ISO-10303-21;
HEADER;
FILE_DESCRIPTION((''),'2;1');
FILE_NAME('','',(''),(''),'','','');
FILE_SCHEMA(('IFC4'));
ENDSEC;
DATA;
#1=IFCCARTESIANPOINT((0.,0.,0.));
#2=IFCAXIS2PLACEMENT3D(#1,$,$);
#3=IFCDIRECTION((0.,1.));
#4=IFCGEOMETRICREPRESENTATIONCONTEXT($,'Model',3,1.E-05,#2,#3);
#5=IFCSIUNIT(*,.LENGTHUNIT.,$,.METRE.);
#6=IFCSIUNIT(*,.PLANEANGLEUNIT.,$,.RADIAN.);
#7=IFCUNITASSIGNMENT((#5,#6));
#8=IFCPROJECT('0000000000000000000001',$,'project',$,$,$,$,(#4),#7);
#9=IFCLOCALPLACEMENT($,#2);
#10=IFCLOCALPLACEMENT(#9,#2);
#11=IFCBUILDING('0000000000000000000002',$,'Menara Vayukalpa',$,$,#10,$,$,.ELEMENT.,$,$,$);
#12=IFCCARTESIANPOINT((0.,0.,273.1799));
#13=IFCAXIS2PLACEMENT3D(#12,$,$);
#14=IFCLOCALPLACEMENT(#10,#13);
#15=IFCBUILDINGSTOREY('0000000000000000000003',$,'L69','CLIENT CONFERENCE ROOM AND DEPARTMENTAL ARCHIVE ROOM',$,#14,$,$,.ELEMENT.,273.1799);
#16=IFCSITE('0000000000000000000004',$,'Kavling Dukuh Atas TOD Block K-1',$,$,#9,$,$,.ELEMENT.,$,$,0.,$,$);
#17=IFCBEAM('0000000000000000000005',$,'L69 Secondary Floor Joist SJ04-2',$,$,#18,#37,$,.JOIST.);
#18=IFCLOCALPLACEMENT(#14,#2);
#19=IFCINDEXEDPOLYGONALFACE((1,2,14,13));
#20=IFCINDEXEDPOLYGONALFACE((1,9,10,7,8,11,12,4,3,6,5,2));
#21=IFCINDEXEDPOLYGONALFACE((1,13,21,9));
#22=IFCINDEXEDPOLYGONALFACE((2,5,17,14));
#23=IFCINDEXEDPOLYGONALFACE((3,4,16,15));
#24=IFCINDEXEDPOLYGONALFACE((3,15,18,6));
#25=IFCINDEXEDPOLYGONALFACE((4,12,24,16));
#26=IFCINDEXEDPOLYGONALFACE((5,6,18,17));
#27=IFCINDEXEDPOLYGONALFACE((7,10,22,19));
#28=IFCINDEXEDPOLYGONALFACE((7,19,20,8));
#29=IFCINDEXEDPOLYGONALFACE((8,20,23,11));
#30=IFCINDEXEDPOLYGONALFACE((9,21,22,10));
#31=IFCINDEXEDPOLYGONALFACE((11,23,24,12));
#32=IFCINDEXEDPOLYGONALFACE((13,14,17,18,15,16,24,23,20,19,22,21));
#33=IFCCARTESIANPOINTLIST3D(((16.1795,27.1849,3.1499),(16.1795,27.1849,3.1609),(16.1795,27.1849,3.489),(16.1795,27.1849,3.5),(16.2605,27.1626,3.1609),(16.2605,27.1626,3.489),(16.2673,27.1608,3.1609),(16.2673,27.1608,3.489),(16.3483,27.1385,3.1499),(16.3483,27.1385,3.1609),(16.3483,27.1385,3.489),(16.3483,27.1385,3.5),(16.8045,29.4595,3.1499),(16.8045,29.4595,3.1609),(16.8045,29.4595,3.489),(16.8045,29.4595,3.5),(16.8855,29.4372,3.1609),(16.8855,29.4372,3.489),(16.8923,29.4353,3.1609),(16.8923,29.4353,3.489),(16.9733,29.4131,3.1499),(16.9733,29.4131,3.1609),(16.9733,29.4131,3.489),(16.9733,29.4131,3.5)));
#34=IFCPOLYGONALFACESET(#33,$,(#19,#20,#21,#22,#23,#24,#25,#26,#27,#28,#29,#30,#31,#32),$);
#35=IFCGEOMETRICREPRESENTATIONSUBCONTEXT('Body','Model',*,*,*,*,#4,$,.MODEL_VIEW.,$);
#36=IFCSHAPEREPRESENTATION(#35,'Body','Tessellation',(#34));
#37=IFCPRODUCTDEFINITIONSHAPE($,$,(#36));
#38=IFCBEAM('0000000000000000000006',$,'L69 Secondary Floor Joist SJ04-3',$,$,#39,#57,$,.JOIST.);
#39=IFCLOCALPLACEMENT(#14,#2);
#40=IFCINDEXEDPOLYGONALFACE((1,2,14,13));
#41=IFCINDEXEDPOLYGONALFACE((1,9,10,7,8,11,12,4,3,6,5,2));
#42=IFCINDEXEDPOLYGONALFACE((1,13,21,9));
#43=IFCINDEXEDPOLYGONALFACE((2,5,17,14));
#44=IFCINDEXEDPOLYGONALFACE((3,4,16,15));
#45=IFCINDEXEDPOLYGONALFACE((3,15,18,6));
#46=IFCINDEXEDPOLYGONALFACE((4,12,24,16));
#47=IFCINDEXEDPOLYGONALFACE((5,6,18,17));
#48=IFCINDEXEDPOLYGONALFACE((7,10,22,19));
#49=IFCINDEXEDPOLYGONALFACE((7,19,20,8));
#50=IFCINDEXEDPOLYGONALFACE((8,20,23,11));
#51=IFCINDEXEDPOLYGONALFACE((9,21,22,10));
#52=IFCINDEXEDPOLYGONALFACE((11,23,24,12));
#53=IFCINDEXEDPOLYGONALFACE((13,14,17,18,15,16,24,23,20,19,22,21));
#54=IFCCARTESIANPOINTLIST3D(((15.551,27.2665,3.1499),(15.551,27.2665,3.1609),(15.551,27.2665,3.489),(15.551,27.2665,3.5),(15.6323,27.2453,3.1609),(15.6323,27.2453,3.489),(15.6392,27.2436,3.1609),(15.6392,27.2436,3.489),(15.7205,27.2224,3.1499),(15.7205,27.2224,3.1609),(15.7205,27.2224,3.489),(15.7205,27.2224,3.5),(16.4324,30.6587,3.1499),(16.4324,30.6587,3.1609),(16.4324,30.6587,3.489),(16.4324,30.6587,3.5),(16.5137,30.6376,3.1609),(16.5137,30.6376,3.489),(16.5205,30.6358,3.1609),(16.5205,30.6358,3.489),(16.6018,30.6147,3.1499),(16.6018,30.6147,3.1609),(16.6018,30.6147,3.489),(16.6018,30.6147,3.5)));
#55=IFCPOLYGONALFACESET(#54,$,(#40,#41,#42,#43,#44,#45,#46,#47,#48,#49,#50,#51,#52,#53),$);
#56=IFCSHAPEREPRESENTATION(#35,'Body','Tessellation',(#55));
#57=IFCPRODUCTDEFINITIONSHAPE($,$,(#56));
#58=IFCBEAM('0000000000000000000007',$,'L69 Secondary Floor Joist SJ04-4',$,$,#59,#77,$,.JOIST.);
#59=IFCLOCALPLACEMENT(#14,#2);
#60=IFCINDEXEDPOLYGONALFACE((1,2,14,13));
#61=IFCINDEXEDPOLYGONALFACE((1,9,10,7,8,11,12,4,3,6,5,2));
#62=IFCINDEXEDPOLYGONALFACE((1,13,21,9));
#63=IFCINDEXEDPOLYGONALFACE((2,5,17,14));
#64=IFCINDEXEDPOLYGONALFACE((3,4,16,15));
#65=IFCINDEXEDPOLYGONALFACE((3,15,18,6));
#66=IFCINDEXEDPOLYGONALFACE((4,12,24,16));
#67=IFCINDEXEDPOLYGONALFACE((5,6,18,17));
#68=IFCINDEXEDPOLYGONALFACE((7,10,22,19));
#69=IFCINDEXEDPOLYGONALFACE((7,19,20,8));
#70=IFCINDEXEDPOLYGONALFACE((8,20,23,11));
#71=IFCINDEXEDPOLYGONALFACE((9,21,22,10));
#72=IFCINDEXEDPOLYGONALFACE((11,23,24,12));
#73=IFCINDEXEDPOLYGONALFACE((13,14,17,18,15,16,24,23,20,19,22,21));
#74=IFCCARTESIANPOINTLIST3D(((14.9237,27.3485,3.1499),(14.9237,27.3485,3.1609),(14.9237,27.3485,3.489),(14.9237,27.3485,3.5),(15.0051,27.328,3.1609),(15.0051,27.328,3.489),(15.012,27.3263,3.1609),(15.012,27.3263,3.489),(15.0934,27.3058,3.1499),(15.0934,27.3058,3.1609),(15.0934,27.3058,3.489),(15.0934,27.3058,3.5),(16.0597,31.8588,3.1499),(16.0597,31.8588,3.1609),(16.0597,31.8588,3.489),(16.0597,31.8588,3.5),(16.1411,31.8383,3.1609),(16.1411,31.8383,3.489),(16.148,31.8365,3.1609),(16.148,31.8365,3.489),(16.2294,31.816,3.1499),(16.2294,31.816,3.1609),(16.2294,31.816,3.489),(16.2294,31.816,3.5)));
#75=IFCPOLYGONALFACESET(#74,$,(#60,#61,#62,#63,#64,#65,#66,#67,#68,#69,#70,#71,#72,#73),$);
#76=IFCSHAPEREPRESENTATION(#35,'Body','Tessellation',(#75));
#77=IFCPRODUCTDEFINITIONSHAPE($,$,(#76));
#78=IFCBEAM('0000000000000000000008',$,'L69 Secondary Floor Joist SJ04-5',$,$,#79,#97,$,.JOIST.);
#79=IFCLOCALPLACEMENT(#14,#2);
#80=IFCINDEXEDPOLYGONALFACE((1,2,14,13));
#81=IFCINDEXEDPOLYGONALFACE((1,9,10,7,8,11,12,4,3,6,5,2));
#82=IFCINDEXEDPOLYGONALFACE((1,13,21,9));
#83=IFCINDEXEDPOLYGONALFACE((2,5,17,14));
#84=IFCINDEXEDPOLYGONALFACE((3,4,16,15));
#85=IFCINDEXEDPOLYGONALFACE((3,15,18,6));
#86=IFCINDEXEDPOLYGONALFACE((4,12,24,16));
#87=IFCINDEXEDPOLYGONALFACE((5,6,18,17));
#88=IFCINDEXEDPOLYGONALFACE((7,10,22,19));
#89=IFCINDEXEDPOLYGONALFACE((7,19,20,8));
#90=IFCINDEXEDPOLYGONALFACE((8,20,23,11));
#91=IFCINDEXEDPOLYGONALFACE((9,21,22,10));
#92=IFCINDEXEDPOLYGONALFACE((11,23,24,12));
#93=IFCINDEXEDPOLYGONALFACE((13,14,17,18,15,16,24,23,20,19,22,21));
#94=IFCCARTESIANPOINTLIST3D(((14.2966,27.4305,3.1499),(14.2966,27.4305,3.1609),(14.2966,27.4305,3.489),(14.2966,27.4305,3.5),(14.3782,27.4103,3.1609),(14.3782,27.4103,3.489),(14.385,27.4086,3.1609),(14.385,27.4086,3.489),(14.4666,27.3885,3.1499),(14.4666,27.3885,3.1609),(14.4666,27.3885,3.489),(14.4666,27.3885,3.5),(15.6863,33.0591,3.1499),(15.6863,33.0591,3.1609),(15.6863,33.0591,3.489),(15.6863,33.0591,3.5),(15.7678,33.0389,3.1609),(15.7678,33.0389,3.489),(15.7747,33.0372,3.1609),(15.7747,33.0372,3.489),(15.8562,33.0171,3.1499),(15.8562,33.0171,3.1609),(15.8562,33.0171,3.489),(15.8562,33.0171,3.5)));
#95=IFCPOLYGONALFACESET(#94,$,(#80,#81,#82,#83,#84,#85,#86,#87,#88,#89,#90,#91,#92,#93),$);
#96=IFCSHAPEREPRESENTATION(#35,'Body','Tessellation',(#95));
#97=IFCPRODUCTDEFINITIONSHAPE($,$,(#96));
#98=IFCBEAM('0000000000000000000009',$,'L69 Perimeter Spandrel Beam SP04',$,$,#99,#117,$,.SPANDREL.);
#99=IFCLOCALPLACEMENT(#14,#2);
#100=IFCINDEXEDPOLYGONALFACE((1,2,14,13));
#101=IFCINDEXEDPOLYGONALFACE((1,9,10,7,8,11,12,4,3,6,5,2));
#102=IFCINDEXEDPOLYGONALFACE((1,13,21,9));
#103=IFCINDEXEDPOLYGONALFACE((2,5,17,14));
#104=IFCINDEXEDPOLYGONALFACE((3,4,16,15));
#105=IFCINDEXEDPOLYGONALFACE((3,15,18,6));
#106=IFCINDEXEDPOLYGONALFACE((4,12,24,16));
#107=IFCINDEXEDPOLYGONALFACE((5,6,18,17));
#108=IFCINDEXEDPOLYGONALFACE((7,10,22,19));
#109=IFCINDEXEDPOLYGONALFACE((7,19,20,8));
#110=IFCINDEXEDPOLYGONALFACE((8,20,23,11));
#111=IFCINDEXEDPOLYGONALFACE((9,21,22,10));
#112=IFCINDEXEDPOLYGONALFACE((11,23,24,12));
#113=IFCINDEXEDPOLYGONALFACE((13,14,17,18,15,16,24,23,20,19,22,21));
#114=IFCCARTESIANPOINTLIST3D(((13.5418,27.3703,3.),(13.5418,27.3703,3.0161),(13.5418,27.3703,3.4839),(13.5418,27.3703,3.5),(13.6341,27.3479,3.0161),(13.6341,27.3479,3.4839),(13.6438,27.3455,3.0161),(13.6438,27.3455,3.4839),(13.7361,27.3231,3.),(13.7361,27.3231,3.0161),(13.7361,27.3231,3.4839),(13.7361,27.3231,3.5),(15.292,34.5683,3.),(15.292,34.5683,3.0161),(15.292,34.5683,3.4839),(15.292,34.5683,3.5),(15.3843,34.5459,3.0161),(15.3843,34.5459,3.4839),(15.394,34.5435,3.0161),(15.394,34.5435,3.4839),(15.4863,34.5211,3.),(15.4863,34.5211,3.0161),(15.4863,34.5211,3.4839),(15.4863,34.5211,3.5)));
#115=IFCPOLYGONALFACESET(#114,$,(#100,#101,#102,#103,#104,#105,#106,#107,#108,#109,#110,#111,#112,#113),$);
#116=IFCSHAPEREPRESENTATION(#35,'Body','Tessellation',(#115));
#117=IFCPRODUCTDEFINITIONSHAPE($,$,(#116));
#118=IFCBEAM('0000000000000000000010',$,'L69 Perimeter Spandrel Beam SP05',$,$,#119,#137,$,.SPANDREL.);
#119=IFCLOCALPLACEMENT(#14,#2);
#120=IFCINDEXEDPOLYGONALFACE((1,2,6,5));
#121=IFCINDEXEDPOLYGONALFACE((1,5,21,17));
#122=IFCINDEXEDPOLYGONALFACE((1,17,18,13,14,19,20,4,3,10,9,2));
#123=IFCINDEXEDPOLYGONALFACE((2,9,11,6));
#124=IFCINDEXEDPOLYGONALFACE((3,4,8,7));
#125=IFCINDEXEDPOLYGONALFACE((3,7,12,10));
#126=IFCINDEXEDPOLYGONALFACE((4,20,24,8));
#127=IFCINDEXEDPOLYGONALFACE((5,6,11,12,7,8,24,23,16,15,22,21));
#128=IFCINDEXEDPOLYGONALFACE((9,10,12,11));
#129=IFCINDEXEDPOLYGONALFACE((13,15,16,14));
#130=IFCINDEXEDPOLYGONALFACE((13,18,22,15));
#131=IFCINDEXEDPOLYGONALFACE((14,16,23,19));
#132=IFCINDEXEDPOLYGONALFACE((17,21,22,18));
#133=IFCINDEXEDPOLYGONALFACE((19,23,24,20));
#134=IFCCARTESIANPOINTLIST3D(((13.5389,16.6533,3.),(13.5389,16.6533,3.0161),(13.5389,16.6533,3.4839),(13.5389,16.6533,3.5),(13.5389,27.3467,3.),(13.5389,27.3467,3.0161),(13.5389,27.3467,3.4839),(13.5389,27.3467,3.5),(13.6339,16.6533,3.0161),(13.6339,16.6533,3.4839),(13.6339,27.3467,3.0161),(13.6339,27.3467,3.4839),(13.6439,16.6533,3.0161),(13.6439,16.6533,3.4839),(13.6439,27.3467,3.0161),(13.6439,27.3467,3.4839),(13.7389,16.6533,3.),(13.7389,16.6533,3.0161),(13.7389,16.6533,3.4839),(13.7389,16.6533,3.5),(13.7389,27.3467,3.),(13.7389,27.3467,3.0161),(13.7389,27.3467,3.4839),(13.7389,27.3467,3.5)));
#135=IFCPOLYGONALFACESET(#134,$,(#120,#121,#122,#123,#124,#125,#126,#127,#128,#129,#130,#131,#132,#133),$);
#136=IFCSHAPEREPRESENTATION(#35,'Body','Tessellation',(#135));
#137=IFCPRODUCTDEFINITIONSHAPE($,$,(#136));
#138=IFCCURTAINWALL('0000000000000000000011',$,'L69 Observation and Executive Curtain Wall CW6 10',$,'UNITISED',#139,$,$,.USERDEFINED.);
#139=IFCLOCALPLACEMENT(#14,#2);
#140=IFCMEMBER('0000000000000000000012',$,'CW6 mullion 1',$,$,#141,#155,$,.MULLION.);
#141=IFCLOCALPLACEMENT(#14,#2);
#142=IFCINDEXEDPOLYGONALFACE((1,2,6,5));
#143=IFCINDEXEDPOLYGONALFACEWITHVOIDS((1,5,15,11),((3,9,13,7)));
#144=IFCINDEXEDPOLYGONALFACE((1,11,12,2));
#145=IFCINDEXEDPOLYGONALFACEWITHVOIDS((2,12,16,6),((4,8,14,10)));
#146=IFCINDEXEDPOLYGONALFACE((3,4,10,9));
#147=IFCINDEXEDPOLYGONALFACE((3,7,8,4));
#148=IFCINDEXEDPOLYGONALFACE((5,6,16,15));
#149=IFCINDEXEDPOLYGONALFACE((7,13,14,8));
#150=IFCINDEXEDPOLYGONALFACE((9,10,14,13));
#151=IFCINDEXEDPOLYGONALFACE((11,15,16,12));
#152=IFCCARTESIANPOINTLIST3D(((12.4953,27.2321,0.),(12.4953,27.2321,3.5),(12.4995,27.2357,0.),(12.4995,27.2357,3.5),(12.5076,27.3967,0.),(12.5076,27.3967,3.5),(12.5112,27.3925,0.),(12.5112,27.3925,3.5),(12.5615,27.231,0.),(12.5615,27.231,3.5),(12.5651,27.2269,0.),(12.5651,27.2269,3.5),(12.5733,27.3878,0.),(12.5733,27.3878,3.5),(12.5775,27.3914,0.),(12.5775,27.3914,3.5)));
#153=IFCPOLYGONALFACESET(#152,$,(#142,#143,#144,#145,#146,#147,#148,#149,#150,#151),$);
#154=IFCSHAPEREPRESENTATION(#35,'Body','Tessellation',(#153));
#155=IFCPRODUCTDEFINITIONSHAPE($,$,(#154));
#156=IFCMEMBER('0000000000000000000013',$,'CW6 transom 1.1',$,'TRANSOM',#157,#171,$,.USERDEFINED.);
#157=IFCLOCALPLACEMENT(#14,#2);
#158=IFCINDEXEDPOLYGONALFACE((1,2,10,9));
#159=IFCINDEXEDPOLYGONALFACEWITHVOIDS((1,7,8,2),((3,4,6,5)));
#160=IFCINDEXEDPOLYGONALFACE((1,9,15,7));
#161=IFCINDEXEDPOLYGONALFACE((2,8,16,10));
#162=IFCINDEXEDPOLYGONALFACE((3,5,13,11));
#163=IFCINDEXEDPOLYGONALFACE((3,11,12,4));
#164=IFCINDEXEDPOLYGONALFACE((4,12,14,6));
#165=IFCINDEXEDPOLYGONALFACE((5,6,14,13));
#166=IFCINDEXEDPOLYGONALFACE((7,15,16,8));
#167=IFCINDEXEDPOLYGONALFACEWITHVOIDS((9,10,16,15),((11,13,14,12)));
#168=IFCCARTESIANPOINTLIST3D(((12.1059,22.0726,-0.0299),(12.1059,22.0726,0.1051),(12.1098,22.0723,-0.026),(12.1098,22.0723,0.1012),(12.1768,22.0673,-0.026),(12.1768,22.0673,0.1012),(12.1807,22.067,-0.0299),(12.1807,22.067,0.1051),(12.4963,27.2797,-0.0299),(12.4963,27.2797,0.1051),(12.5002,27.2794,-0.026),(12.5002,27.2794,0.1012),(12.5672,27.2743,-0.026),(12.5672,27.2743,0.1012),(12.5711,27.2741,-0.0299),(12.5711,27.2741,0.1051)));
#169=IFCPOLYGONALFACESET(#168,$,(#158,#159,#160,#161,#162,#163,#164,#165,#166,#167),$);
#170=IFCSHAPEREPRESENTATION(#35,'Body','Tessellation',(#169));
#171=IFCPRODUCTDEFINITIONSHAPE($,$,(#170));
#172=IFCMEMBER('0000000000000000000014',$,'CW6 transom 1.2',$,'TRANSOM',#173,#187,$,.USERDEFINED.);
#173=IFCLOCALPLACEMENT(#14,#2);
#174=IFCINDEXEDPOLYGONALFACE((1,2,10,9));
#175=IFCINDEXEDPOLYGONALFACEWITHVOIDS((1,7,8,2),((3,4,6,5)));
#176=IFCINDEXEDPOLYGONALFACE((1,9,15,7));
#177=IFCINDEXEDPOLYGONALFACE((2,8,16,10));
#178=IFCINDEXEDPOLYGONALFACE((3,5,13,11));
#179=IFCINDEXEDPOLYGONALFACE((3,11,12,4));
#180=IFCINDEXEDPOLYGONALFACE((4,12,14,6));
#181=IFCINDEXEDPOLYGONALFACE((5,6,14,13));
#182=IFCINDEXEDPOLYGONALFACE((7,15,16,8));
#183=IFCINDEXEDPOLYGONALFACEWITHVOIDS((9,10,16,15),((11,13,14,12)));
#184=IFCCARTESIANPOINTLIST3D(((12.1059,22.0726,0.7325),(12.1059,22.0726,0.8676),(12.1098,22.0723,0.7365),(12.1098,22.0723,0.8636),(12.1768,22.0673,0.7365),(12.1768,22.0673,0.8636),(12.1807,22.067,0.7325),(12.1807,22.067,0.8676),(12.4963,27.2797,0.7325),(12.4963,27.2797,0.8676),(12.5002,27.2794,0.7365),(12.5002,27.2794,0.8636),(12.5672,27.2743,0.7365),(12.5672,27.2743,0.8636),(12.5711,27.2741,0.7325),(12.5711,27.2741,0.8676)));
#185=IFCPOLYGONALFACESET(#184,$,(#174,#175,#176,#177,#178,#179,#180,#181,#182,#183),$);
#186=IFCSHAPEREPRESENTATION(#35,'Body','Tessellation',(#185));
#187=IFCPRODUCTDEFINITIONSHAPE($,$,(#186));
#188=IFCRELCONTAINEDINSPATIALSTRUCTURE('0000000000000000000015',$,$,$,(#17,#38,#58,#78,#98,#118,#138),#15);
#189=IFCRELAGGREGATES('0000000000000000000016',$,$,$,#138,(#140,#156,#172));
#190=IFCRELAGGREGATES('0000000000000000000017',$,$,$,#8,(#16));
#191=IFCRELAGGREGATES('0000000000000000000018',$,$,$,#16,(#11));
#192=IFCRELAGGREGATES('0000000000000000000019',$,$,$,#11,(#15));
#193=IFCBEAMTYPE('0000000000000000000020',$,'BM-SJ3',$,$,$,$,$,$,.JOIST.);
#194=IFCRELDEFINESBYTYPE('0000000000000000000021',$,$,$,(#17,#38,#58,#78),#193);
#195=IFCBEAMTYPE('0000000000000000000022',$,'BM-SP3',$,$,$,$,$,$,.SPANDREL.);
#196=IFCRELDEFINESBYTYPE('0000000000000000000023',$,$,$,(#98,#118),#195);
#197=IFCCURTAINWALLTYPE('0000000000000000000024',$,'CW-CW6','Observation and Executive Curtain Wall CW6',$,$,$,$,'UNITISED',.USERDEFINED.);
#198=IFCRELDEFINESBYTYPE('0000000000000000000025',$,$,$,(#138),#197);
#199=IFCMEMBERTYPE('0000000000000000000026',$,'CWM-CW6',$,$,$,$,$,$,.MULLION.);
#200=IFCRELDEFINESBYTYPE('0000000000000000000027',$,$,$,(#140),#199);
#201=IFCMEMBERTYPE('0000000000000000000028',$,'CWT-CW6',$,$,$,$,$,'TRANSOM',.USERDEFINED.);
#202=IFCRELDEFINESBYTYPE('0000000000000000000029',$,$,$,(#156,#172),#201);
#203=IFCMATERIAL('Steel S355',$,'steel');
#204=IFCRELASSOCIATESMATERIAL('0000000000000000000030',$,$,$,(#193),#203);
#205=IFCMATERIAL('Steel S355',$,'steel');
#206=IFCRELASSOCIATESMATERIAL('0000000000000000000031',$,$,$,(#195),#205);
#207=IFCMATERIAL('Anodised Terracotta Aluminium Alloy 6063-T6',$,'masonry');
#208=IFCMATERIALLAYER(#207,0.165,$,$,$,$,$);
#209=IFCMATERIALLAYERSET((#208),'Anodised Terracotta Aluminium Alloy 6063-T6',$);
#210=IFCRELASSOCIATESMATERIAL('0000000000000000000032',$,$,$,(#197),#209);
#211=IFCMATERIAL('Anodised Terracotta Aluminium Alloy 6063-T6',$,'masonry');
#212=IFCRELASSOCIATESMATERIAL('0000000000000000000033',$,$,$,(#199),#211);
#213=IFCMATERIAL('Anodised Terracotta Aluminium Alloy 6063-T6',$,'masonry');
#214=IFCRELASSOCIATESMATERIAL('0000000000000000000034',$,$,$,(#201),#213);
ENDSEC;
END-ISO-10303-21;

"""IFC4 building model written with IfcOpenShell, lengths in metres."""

from ifc_helpers import new_model, si_unit, direction, frame, origin, origin_2d, place, context, subcontext, project, spatial, hollow_rectangle, i_section, extrude, material, layer, layer_set, material_profile, profile_set, type_object, element, aggregate, save


model = new_model("IFC4")

# Units and contexts
model_context = context("Model", 3, precision=1e-05, world=origin(), true_north=direction((0.0, 1.0)))
body_context = subcontext(model_context, "Body", "Model", "MODEL_VIEW")
ifc_project = project(units=[si_unit("LENGTHUNIT", "METRE"), si_unit("PLANEANGLEUNIT", "RADIAN")], contexts=[model_context])

# Site, building, storey
site_placement = place(None, origin())
site = spatial("IfcSite", under=ifc_project, at=site_placement, Name="Kavling Dukuh Atas TOD Block K-1", CompositionType="ELEMENT", RefElevation=0.0)
building_placement = place(site_placement, origin())
building = spatial("IfcBuilding", under=site, at=building_placement, Name="Menara Vayukalpa", CompositionType="ELEMENT")
storey_placement = place(building_placement, frame((0.0, 0.0, 273.1799)))
storey = spatial("IfcBuildingStorey", under=building, at=storey_placement, Name="L69", Description="CLIENT CONFERENCE ROOM AND DEPARTMENTAL ARCHIVE ROOM", CompositionType="ELEMENT", Elevation=273.1799)

# Beams
ifc_material_1 = material(Name="Steel S355", Category="steel")
ifc_material_profile_1 = material_profile(ifc_material_1, i_section(OverallWidth=0.175, OverallDepth=0.3501, WebThickness=0.0071, FlangeThickness=0.011, at=origin_2d()), Name="WF 350x175x7x11")
ifc_profile_set_1 = profile_set([ifc_material_profile_1], Name="Steel S355")
beam_type_1 = type_object("IfcBeamType", Name="BM-SJ3", PredefinedType="JOIST", material=ifc_profile_set_1)
beam_1_placement = place(storey_placement, frame((16.8889, 29.4363, 3.325), z_axis=(-0.264947, -0.964263, 0.0), x_axis=(0.964263, -0.264947, 0.0)))
element("IfcBeam", 1, at=beam_1_placement, inside=storey, type_object=beam_type_1, Name="L69 Secondary Floor Joist SJ04-2", PredefinedType="JOIST", context=body_context, shape_type="SweptSolid", body=[
    extrude(i_section(OverallWidth=0.175, OverallDepth=0.3501, WebThickness=0.0071, FlangeThickness=0.011, at=origin_2d()), origin(), (0.0, 0.0, 1.0), 2.3589),
])
beam_2_placement = place(storey_placement, frame((16.5171, 30.6367, 3.325), z_axis=(-0.251458, -0.967868, 0.0), x_axis=(0.967868, -0.251458, 0.0)))
element("IfcBeam", 2, at=beam_2_placement, inside=storey, type_object=beam_type_1, Name="L69 Secondary Floor Joist SJ04-3", PredefinedType="JOIST", context=body_context, shape_type="SweptSolid", body=[
    extrude(i_section(OverallWidth=0.175, OverallDepth=0.3501, WebThickness=0.0071, FlangeThickness=0.011, at=origin_2d()), origin(), (0.0, 0.0, 1.0), 3.5049),
])
beam_3_placement = place(storey_placement, frame((16.1445, 31.8374, 3.325), z_axis=(-0.24424, -0.969715, 0.0), x_axis=(0.969715, -0.24424, 0.0)))
element("IfcBeam", 3, at=beam_3_placement, inside=storey, type_object=beam_type_1, Name="L69 Secondary Floor Joist SJ04-4", PredefinedType="JOIST", context=body_context, shape_type="SweptSolid", body=[
    extrude(i_section(OverallWidth=0.175, OverallDepth=0.3501, WebThickness=0.0071, FlangeThickness=0.011, at=origin_2d()), origin(), (0.0, 0.0, 1.0), 4.6511),
])
beam_4_placement = place(storey_placement, frame((15.7712, 33.0381, 3.325), z_axis=(-0.239691, -0.970849, 0.0), x_axis=(0.970849, -0.239691, 0.0)))
element("IfcBeam", 4, at=beam_4_placement, inside=storey, type_object=beam_type_1, Name="L69 Secondary Floor Joist SJ04-5", PredefinedType="JOIST", context=body_context, shape_type="SweptSolid", body=[
    extrude(i_section(OverallWidth=0.175, OverallDepth=0.3501, WebThickness=0.0071, FlangeThickness=0.011, at=origin_2d()), origin(), (0.0, 0.0, 1.0), 5.7976),
])
ifc_material_2 = material(Name="Steel S355", Category="steel")
ifc_material_profile_2 = material_profile(ifc_material_2, i_section(OverallWidth=0.2, OverallDepth=0.5, WebThickness=0.01, FlangeThickness=0.0161, at=origin_2d()), Name="WF 500x200x10x16")
ifc_profile_set_2 = profile_set([ifc_material_profile_2], Name="Steel S355")
beam_type_2 = type_object("IfcBeamType", Name="BM-SP3", PredefinedType="SPANDREL", material=ifc_profile_set_2)
beam_5_placement = place(storey_placement, frame((15.3892, 34.5447, 3.25), z_axis=(-0.236273, -0.971687, 0.0), x_axis=(0.971687, -0.236273, 0.0)))
element("IfcBeam", 5, at=beam_5_placement, inside=storey, type_object=beam_type_2, Name="L69 Perimeter Spandrel Beam SP04", PredefinedType="SPANDREL", context=body_context, shape_type="SweptSolid", body=[
    extrude(i_section(OverallWidth=0.2, OverallDepth=0.5, WebThickness=0.01, FlangeThickness=0.0161, at=origin_2d()), origin(), (0.0, 0.0, 1.0), 7.4077),
])
beam_6_placement = place(storey_placement, frame((13.6389, 27.3467, 3.25), z_axis=(0.0, -1.0, 0.0), x_axis=(1.0, 0.0, 0.0)))
element("IfcBeam", 6, at=beam_6_placement, inside=storey, type_object=beam_type_2, Name="L69 Perimeter Spandrel Beam SP05", PredefinedType="SPANDREL", context=body_context, shape_type="SweptSolid", body=[
    extrude(i_section(OverallWidth=0.2, OverallDepth=0.5, WebThickness=0.01, FlangeThickness=0.0161, at=origin_2d()), origin(), (0.0, 0.0, 1.0), 10.6934),
])

# Curtain wall, members
ifc_material_3 = material(Name="Anodised Terracotta Aluminium Alloy 6063-T6", Category="masonry")
ifc_layer_1 = layer(ifc_material_3, 0.165)
ifc_layer_set_1 = layer_set([ifc_layer_1], Name="Anodised Terracotta Aluminium Alloy 6063-T6")
curtain_wall_type = type_object("IfcCurtainWallType", Name="CW-CW6", Description="Observation and Executive Curtain Wall CW6", ElementType="UNITISED", PredefinedType="USERDEFINED", material=ifc_layer_set_1)
curtain_wall_placement = place(storey_placement, origin())
curtain_wall = element("IfcCurtainWall", 7, at=curtain_wall_placement, inside=storey, type_object=curtain_wall_type, Name="L69 Observation and Executive Curtain Wall CW6 10", ObjectType="UNITISED", PredefinedType="USERDEFINED")
ifc_material_4 = material(Name="Anodised Terracotta Aluminium Alloy 6063-T6", Category="masonry")
ifc_material_profile_3 = material_profile(ifc_material_4, hollow_rectangle(XDim=0.0701, YDim=0.165, WallThickness=0.0039, at=origin_2d()), Name="ALU 70x165x4")
ifc_profile_set_3 = profile_set([ifc_material_profile_3], Name="Anodised Terracotta Aluminium Alloy 6063-T6")
member_type_1 = type_object("IfcMemberType", Name="CWM-CW6", PredefinedType="MULLION", material=ifc_profile_set_3)
member_1_placement = place(storey_placement, frame((12.5364, 27.3118, 0.0), z_axis=(0.0, 0.0, 1.0), x_axis=(0.997199, -0.074789, 0.0)))
member_1 = element("IfcMember", 8, at=member_1_placement, type_object=member_type_1, Name="CW6 mullion 1", PredefinedType="MULLION", context=body_context, shape_type="SweptSolid", body=[
    extrude(hollow_rectangle(XDim=0.0701, YDim=0.165, WallThickness=0.0039, at=origin_2d()), origin(), (0.0, 0.0, 1.0), 3.5),
])
ifc_material_5 = material(Name="Anodised Terracotta Aluminium Alloy 6063-T6", Category="masonry")
ifc_material_profile_4 = material_profile(ifc_material_5, hollow_rectangle(XDim=0.075, YDim=0.135, WallThickness=0.0039, at=origin_2d()), Name="ALU 75x135x4")
ifc_profile_set_4 = profile_set([ifc_material_profile_4], Name="Anodised Terracotta Aluminium Alloy 6063-T6")
member_type_2 = type_object("IfcMemberType", Name="CWT-CW6", ElementType="TRANSOM", PredefinedType="USERDEFINED", material=ifc_profile_set_4)
member_2_placement = place(storey_placement, frame((12.5337, 27.2769, 0.0376), z_axis=(-0.074762, -0.997201, 0.0), x_axis=(0.997201, -0.074762, 0.0)))
member_2 = element("IfcMember", 9, at=member_2_placement, type_object=member_type_2, Name="CW6 transom 1.1", ObjectType="TRANSOM", PredefinedType="USERDEFINED", context=body_context, shape_type="SweptSolid", body=[
    extrude(hollow_rectangle(XDim=0.075, YDim=0.135, WallThickness=0.0039, at=origin_2d()), origin(), (0.0, 0.0, 1.0), 5.2217),
])
member_3_placement = place(storey_placement, frame((12.5337, 27.2769, 0.8), z_axis=(-0.074762, -0.997201, 0.0), x_axis=(0.997201, -0.074762, 0.0)))
member_3 = element("IfcMember", 10, at=member_3_placement, type_object=member_type_2, Name="CW6 transom 1.2", ObjectType="TRANSOM", PredefinedType="USERDEFINED", context=body_context, shape_type="SweptSolid", body=[
    extrude(hollow_rectangle(XDim=0.075, YDim=0.135, WallThickness=0.0039, at=origin_2d()), origin(), (0.0, 0.0, 1.0), 5.2217),
])
aggregate(curtain_wall, [member_1, member_2, member_3])

save(model, "model.ifc")
